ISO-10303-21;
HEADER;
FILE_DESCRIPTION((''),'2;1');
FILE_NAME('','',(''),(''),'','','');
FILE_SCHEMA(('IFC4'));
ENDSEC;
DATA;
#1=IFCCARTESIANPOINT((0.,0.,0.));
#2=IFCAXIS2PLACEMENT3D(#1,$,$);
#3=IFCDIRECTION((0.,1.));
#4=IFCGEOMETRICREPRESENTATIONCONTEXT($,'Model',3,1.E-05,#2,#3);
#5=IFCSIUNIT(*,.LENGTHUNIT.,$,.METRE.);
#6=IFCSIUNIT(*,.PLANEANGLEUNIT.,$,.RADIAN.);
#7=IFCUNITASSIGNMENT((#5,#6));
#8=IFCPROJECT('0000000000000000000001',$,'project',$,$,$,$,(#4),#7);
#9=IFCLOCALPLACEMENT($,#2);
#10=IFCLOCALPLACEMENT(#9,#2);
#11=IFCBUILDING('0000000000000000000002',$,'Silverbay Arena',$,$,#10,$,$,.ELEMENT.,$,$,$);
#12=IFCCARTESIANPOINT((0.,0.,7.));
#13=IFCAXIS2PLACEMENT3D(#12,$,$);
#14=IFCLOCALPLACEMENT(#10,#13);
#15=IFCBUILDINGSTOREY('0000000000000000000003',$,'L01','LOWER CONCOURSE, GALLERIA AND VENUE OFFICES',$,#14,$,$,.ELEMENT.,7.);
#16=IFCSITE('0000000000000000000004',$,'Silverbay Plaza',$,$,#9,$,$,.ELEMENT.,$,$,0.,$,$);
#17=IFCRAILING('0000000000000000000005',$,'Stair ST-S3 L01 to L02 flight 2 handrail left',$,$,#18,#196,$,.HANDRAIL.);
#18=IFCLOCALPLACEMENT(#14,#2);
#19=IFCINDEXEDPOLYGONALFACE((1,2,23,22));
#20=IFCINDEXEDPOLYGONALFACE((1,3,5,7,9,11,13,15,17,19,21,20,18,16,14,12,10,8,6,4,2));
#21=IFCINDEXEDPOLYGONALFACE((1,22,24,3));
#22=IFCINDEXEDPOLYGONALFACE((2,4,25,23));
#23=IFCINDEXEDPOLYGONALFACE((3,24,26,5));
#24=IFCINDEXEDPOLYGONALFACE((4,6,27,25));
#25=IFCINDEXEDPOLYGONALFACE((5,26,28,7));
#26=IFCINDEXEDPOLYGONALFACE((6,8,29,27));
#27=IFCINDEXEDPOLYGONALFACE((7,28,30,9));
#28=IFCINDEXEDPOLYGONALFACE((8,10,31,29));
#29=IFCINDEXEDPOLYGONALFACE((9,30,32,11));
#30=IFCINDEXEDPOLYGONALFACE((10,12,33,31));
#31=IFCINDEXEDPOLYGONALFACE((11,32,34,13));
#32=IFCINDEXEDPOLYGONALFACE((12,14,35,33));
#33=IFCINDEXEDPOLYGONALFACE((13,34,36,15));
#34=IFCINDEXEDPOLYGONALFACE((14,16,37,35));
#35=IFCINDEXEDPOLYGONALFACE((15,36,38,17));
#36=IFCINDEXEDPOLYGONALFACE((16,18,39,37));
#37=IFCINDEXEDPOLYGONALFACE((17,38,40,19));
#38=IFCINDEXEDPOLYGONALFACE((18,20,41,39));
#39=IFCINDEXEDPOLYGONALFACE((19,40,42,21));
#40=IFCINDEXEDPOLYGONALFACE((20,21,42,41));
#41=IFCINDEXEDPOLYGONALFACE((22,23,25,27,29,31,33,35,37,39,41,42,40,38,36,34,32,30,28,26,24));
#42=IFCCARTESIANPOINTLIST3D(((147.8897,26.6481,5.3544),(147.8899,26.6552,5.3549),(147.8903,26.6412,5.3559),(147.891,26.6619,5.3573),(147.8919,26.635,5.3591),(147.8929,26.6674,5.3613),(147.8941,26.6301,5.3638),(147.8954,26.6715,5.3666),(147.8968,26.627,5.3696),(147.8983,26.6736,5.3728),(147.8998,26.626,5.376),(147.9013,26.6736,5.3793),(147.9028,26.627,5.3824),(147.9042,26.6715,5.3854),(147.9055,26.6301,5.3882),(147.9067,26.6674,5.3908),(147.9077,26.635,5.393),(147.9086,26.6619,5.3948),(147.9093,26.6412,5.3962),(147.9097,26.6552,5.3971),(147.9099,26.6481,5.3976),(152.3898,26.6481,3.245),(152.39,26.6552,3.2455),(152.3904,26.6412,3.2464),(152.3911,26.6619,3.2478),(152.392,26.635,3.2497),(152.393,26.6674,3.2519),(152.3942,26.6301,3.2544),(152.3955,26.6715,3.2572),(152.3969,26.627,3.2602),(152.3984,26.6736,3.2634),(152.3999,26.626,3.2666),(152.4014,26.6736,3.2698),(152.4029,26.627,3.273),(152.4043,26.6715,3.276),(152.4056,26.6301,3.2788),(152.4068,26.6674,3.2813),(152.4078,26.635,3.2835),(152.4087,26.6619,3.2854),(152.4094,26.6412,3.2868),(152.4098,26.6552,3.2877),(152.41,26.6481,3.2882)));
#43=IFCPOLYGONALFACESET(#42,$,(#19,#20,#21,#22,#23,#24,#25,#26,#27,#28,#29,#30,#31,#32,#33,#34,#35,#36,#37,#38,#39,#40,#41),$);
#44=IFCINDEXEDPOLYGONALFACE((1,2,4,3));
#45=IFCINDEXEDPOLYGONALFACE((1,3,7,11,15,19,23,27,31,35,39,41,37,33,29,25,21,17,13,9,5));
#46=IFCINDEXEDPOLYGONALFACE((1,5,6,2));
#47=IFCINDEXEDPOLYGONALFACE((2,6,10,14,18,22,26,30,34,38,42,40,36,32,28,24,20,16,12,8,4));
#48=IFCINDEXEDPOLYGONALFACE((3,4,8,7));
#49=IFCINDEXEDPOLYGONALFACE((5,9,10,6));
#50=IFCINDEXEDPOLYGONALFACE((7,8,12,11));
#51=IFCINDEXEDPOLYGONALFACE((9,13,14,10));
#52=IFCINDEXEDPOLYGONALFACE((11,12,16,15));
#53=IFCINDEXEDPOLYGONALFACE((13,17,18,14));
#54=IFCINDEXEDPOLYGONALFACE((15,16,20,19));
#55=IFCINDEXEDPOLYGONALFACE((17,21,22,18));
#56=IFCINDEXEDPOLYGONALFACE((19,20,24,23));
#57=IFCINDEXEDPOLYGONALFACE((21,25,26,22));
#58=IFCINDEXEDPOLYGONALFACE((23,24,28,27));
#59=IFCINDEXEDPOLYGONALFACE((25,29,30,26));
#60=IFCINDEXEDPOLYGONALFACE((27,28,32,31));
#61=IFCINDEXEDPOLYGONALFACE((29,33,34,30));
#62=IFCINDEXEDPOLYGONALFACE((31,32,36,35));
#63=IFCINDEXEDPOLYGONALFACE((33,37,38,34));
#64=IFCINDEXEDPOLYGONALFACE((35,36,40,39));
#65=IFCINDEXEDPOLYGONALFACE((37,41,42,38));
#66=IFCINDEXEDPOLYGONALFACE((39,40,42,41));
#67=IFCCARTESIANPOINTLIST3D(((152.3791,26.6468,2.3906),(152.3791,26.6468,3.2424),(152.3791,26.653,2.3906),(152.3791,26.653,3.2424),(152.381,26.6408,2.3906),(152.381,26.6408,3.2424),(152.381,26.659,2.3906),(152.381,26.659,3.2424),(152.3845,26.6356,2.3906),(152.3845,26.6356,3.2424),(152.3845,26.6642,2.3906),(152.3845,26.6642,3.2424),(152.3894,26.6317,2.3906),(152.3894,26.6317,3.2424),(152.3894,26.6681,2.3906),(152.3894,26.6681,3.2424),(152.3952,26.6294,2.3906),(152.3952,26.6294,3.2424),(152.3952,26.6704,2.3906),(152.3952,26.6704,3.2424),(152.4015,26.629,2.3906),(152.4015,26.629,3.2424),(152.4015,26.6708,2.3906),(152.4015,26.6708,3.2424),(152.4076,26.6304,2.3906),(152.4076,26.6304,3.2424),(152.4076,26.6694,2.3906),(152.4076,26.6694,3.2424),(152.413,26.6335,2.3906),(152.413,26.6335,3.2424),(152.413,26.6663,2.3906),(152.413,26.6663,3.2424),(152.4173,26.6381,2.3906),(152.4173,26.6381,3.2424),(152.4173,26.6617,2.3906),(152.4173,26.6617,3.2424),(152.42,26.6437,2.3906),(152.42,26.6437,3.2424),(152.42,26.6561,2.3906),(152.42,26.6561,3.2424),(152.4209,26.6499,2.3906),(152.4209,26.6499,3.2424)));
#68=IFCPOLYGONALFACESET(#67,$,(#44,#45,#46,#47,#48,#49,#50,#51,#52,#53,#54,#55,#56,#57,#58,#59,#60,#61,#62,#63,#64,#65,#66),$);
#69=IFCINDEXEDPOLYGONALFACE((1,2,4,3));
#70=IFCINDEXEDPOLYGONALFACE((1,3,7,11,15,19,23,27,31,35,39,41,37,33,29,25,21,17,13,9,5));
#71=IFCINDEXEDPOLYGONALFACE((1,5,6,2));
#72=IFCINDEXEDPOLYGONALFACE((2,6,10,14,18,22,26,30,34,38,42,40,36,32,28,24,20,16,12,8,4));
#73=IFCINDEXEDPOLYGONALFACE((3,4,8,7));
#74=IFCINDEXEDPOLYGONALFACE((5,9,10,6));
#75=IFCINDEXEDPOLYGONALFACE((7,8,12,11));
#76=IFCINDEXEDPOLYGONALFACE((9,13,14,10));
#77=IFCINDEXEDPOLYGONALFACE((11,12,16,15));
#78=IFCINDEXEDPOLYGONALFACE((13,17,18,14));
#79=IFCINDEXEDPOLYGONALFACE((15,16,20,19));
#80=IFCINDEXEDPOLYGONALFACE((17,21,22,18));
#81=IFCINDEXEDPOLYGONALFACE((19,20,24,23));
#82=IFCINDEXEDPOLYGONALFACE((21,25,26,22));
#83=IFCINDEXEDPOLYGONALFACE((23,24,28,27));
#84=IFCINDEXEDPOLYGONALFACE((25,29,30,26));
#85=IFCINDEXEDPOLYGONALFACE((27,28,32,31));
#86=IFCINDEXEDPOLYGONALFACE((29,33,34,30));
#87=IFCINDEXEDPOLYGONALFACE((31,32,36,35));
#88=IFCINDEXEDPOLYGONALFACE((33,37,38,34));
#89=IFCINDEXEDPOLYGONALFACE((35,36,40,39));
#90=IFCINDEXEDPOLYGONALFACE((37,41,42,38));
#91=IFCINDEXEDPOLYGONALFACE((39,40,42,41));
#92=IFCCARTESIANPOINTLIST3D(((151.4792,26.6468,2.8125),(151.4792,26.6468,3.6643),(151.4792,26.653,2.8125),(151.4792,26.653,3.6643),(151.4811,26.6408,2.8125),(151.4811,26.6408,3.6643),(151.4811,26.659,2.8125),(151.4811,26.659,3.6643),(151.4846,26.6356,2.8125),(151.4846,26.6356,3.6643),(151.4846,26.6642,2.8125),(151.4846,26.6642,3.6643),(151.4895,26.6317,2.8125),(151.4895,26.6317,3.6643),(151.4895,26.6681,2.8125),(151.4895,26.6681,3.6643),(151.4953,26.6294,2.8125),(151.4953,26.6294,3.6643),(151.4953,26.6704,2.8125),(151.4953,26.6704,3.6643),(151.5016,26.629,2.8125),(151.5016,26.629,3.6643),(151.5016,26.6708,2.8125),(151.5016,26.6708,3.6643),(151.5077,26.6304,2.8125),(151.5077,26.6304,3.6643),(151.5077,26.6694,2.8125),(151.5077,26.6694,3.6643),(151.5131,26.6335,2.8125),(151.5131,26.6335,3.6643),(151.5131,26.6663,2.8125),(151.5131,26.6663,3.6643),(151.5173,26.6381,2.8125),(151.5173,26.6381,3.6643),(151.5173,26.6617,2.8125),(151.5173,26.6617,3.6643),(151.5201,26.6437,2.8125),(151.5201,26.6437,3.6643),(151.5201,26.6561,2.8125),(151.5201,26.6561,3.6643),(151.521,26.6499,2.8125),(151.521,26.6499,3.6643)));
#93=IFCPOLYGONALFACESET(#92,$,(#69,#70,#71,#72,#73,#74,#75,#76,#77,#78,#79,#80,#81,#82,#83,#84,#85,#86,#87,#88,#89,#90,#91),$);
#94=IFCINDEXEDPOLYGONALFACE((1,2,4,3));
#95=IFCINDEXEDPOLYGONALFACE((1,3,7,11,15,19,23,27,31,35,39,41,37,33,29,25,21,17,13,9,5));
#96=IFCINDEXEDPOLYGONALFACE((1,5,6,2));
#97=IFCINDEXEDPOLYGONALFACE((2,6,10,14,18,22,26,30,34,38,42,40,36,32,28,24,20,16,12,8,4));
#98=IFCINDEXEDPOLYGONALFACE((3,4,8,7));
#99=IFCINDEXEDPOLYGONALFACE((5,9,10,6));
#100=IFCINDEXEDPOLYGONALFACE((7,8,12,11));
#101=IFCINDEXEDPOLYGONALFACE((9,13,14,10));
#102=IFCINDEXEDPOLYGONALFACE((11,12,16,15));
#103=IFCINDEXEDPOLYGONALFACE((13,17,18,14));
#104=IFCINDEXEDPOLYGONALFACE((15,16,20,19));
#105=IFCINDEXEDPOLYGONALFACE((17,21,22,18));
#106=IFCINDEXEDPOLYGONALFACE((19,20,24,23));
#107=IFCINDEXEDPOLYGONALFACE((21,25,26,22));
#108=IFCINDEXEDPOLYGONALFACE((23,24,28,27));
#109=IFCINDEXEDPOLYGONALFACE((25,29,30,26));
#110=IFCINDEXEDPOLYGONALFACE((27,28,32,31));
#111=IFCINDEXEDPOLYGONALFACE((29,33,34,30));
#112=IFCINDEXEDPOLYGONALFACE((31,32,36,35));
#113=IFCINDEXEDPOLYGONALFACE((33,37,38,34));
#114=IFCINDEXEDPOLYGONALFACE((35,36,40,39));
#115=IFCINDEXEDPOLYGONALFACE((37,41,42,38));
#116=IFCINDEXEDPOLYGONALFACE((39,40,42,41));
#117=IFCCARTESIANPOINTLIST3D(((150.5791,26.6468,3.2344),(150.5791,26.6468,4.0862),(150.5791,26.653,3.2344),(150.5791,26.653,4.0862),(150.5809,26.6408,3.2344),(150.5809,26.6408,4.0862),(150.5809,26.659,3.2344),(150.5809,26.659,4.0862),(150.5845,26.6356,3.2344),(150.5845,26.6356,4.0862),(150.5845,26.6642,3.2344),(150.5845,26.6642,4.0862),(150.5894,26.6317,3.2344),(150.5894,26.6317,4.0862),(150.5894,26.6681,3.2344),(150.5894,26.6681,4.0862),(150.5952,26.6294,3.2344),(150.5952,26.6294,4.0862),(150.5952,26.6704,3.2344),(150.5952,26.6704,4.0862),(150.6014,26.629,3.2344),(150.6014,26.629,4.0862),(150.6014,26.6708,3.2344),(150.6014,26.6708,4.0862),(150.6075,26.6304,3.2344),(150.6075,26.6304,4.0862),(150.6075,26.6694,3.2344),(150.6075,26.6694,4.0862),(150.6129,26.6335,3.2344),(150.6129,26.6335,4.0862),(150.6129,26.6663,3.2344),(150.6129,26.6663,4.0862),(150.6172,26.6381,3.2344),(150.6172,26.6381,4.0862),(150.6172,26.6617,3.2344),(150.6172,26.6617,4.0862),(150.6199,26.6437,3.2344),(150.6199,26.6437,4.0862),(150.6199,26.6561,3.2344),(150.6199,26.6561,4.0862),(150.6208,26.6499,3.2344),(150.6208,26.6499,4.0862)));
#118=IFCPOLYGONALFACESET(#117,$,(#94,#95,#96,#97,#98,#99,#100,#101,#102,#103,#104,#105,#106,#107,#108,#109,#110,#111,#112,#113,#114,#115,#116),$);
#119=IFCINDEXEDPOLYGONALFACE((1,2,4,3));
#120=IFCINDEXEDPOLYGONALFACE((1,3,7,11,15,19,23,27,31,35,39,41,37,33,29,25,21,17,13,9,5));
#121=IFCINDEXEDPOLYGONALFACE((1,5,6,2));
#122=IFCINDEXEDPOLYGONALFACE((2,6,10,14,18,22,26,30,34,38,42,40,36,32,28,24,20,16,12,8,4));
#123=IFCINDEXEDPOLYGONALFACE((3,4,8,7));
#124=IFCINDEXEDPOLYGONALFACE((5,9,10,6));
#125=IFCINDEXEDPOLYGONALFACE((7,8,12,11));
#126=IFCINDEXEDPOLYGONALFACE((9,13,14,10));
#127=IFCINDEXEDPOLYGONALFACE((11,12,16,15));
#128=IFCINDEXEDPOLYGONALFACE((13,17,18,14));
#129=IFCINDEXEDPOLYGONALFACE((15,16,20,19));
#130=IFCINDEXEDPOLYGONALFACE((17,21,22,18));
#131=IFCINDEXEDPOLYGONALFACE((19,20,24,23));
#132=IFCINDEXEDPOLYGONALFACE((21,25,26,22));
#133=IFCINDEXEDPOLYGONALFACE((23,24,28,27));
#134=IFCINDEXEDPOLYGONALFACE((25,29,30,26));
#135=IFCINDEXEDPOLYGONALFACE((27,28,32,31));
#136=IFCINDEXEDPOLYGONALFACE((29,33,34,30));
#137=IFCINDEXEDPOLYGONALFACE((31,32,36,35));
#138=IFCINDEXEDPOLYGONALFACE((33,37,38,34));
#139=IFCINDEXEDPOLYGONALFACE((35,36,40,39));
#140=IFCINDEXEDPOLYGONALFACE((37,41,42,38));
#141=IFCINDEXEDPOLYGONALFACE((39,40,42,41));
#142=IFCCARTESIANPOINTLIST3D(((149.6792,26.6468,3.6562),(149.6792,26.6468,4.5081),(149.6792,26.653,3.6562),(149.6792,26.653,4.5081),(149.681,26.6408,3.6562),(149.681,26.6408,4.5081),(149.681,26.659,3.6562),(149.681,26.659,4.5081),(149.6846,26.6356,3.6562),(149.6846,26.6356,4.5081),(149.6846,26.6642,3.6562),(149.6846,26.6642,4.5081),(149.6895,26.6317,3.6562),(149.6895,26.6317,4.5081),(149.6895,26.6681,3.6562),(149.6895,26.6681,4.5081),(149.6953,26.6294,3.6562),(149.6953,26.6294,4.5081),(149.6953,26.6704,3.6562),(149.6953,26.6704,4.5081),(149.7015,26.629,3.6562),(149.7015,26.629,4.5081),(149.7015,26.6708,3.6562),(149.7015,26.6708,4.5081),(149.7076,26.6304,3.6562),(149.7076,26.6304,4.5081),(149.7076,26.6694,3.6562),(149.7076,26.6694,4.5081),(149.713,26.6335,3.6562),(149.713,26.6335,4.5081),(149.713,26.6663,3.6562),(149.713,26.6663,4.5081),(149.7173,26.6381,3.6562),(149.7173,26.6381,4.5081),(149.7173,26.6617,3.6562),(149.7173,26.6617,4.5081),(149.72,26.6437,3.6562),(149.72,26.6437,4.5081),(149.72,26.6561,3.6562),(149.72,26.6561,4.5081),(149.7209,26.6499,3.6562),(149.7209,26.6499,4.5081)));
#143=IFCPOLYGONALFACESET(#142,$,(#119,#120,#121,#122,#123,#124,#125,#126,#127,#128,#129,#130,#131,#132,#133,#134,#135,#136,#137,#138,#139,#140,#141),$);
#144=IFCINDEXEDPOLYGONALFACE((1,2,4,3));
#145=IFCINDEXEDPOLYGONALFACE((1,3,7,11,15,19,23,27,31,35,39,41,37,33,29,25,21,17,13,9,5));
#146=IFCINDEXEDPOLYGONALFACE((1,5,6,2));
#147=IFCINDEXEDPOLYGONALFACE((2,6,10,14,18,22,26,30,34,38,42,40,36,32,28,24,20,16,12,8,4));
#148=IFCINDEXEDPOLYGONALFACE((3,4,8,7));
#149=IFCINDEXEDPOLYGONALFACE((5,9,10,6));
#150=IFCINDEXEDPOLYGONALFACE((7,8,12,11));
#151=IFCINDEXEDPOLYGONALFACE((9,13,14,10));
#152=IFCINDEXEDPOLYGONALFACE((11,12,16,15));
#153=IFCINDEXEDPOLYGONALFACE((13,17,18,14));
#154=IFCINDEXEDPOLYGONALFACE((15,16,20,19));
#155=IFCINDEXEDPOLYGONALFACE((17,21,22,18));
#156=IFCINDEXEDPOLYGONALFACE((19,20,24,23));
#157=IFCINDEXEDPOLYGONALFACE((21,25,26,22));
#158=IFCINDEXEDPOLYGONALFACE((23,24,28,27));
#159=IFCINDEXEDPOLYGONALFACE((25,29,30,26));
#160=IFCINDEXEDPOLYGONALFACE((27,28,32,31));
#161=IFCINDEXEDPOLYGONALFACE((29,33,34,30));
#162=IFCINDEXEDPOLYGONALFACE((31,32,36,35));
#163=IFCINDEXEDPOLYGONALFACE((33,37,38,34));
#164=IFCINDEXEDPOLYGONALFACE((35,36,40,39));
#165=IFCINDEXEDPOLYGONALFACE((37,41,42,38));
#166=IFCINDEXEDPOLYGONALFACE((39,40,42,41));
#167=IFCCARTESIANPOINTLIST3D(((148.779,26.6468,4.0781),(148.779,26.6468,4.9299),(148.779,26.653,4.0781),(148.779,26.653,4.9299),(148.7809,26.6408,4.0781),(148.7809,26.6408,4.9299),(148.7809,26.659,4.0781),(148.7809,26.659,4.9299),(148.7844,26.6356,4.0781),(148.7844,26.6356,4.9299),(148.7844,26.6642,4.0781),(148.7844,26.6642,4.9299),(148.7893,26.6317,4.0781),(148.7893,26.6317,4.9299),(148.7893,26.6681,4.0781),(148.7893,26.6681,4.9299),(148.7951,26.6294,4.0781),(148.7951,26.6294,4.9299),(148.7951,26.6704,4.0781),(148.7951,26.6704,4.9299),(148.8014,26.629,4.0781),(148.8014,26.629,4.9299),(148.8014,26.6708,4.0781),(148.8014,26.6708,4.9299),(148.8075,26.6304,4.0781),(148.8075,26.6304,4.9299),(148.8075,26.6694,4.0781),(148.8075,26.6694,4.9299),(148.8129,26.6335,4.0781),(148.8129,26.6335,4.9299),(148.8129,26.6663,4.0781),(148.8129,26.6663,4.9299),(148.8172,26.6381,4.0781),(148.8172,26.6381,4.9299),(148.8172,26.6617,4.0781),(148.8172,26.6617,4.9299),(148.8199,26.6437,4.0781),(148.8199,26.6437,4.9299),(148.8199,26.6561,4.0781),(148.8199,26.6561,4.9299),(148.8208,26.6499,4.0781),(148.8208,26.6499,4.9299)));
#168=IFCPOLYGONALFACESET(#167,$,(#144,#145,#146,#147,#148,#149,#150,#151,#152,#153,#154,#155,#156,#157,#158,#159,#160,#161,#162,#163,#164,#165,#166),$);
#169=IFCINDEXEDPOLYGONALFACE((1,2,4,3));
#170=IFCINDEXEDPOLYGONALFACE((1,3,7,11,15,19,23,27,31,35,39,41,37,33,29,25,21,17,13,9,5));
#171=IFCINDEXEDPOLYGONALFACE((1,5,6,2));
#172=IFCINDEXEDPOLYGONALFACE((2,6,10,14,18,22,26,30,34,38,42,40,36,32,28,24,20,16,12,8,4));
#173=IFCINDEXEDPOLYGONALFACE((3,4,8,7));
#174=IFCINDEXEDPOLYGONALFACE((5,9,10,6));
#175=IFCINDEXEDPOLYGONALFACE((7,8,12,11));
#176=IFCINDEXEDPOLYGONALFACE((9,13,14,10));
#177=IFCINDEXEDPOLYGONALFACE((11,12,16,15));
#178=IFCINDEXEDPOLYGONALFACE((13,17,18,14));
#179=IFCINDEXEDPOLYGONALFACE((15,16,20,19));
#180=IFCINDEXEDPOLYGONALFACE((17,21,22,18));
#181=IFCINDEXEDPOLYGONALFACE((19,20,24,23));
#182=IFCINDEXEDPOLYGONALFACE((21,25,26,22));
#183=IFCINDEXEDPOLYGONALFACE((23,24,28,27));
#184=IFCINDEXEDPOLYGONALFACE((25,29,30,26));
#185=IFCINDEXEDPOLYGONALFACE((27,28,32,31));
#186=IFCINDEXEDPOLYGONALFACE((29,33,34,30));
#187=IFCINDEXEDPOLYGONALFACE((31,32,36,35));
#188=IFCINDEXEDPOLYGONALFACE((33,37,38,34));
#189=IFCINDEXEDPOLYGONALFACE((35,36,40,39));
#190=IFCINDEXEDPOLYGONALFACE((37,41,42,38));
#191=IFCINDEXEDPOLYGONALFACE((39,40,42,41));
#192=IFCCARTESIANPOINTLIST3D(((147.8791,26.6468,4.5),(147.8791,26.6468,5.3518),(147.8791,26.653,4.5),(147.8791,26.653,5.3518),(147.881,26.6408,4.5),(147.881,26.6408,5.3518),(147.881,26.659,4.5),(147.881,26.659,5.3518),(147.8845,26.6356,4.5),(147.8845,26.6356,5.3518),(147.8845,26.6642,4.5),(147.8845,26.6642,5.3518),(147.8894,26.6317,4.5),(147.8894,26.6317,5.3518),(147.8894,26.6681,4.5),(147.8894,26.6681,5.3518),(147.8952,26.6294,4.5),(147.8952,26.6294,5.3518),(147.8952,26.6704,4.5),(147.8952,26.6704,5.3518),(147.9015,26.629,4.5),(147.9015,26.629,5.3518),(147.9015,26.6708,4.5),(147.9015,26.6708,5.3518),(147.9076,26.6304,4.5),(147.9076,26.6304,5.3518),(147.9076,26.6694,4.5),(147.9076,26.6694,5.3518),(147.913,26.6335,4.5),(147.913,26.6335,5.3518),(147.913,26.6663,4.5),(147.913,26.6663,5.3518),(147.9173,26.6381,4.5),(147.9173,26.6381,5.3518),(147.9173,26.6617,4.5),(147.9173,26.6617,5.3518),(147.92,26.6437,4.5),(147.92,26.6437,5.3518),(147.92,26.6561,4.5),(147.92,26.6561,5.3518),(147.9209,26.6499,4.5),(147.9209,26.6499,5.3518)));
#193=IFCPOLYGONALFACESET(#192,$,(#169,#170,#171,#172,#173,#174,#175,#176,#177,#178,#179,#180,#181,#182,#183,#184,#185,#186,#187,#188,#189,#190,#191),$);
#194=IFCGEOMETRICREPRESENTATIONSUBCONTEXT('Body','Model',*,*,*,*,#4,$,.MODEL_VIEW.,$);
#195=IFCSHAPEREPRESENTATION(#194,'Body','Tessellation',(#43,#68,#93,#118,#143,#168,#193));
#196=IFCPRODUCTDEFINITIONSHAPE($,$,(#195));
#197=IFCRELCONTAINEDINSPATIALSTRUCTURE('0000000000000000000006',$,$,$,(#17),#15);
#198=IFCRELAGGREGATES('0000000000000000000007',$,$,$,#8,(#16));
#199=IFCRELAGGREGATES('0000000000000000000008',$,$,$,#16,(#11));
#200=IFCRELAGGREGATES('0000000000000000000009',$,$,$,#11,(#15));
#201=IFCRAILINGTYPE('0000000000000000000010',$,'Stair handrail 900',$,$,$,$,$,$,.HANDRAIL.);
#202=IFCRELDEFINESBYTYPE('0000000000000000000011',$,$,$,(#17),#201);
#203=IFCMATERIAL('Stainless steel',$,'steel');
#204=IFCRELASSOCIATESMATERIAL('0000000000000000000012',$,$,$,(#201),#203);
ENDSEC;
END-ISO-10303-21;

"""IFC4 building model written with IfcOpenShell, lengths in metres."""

from ifc_helpers import new_model, si_unit, direction, frame, origin, origin_2d, place, context, subcontext, project, spatial, circle, extrude, material, type_object, element, save


model = new_model("IFC4")

# Units and contexts
model_context = context("Model", 3, precision=1e-05, world=origin(), true_north=direction((0.0, 1.0)))
body_context = subcontext(model_context, "Body", "Model", "MODEL_VIEW")
ifc_project = project(units=[si_unit("LENGTHUNIT", "METRE"), si_unit("PLANEANGLEUNIT", "RADIAN")], contexts=[model_context])

# Site, building, storey
site_placement = place(None, origin())
site = spatial("IfcSite", under=ifc_project, at=site_placement, Name="Silverbay Plaza", CompositionType="ELEMENT", RefElevation=0.0)
building_placement = place(site_placement, origin())
building = spatial("IfcBuilding", under=site, at=building_placement, Name="Silverbay Arena", CompositionType="ELEMENT")
storey_placement = place(building_placement, frame((0.0, 0.0, 7.0)))
storey = spatial("IfcBuildingStorey", under=building, at=storey_placement, Name="L01", Description="LOWER CONCOURSE, GALLERIA AND VENUE OFFICES", CompositionType="ELEMENT", Elevation=7.0)

# Railing
ifc_material_1 = material(Name="Stainless steel", Category="steel")
railing_type_1 = type_object("IfcRailingType", Name="Stair handrail 900", PredefinedType="HANDRAIL", material=ifc_material_1)
for number, where, name in (
    (1, (152.3999, 26.6499, 2.3906), "Stair ST-S3 L01 to L02 flight 2 handrail left"),
):
    element("IfcRailing", number, at=place(storey_placement, frame(where)), inside=storey, type_object=railing_type_1, Name=name, PredefinedType="HANDRAIL", context=body_context, shape_type="SweptSolid", body=[
        extrude(circle(Radius=0.0239, at=origin_2d()), frame((0.0, 0.0, 0.876), z_axis=(-0.905459, 0.0, 0.424434), x_axis=(0.0, -1.0, 0.0)), (0.0, 0.0, 1.0), 4.97),
        extrude(circle(Radius=0.021, at=origin_2d()), origin(), (0.0, 0.0, 1.0), 0.8518),
        extrude(circle(Radius=0.021, at=origin_2d()), frame((-0.8999, 0.0, 0.4219)), (0.0, 0.0, 1.0), 0.8518),
        extrude(circle(Radius=0.021, at=origin_2d()), frame((-1.8, 0.0, 0.8438)), (0.0, 0.0, 1.0), 0.8518),
        extrude(circle(Radius=0.021, at=origin_2d()), frame((-2.7, 0.0, 1.2656)), (0.0, 0.0, 1.0), 0.8518),
        extrude(circle(Radius=0.021, at=origin_2d()), frame((-3.6001, 0.0, 1.6875)), (0.0, 0.0, 1.0), 0.8518),
        extrude(circle(Radius=0.021, at=origin_2d()), frame((-4.5, 0.0, 2.1094)), (0.0, 0.0, 1.0), 0.8518),
    ])

save(model, "model.ifc")
